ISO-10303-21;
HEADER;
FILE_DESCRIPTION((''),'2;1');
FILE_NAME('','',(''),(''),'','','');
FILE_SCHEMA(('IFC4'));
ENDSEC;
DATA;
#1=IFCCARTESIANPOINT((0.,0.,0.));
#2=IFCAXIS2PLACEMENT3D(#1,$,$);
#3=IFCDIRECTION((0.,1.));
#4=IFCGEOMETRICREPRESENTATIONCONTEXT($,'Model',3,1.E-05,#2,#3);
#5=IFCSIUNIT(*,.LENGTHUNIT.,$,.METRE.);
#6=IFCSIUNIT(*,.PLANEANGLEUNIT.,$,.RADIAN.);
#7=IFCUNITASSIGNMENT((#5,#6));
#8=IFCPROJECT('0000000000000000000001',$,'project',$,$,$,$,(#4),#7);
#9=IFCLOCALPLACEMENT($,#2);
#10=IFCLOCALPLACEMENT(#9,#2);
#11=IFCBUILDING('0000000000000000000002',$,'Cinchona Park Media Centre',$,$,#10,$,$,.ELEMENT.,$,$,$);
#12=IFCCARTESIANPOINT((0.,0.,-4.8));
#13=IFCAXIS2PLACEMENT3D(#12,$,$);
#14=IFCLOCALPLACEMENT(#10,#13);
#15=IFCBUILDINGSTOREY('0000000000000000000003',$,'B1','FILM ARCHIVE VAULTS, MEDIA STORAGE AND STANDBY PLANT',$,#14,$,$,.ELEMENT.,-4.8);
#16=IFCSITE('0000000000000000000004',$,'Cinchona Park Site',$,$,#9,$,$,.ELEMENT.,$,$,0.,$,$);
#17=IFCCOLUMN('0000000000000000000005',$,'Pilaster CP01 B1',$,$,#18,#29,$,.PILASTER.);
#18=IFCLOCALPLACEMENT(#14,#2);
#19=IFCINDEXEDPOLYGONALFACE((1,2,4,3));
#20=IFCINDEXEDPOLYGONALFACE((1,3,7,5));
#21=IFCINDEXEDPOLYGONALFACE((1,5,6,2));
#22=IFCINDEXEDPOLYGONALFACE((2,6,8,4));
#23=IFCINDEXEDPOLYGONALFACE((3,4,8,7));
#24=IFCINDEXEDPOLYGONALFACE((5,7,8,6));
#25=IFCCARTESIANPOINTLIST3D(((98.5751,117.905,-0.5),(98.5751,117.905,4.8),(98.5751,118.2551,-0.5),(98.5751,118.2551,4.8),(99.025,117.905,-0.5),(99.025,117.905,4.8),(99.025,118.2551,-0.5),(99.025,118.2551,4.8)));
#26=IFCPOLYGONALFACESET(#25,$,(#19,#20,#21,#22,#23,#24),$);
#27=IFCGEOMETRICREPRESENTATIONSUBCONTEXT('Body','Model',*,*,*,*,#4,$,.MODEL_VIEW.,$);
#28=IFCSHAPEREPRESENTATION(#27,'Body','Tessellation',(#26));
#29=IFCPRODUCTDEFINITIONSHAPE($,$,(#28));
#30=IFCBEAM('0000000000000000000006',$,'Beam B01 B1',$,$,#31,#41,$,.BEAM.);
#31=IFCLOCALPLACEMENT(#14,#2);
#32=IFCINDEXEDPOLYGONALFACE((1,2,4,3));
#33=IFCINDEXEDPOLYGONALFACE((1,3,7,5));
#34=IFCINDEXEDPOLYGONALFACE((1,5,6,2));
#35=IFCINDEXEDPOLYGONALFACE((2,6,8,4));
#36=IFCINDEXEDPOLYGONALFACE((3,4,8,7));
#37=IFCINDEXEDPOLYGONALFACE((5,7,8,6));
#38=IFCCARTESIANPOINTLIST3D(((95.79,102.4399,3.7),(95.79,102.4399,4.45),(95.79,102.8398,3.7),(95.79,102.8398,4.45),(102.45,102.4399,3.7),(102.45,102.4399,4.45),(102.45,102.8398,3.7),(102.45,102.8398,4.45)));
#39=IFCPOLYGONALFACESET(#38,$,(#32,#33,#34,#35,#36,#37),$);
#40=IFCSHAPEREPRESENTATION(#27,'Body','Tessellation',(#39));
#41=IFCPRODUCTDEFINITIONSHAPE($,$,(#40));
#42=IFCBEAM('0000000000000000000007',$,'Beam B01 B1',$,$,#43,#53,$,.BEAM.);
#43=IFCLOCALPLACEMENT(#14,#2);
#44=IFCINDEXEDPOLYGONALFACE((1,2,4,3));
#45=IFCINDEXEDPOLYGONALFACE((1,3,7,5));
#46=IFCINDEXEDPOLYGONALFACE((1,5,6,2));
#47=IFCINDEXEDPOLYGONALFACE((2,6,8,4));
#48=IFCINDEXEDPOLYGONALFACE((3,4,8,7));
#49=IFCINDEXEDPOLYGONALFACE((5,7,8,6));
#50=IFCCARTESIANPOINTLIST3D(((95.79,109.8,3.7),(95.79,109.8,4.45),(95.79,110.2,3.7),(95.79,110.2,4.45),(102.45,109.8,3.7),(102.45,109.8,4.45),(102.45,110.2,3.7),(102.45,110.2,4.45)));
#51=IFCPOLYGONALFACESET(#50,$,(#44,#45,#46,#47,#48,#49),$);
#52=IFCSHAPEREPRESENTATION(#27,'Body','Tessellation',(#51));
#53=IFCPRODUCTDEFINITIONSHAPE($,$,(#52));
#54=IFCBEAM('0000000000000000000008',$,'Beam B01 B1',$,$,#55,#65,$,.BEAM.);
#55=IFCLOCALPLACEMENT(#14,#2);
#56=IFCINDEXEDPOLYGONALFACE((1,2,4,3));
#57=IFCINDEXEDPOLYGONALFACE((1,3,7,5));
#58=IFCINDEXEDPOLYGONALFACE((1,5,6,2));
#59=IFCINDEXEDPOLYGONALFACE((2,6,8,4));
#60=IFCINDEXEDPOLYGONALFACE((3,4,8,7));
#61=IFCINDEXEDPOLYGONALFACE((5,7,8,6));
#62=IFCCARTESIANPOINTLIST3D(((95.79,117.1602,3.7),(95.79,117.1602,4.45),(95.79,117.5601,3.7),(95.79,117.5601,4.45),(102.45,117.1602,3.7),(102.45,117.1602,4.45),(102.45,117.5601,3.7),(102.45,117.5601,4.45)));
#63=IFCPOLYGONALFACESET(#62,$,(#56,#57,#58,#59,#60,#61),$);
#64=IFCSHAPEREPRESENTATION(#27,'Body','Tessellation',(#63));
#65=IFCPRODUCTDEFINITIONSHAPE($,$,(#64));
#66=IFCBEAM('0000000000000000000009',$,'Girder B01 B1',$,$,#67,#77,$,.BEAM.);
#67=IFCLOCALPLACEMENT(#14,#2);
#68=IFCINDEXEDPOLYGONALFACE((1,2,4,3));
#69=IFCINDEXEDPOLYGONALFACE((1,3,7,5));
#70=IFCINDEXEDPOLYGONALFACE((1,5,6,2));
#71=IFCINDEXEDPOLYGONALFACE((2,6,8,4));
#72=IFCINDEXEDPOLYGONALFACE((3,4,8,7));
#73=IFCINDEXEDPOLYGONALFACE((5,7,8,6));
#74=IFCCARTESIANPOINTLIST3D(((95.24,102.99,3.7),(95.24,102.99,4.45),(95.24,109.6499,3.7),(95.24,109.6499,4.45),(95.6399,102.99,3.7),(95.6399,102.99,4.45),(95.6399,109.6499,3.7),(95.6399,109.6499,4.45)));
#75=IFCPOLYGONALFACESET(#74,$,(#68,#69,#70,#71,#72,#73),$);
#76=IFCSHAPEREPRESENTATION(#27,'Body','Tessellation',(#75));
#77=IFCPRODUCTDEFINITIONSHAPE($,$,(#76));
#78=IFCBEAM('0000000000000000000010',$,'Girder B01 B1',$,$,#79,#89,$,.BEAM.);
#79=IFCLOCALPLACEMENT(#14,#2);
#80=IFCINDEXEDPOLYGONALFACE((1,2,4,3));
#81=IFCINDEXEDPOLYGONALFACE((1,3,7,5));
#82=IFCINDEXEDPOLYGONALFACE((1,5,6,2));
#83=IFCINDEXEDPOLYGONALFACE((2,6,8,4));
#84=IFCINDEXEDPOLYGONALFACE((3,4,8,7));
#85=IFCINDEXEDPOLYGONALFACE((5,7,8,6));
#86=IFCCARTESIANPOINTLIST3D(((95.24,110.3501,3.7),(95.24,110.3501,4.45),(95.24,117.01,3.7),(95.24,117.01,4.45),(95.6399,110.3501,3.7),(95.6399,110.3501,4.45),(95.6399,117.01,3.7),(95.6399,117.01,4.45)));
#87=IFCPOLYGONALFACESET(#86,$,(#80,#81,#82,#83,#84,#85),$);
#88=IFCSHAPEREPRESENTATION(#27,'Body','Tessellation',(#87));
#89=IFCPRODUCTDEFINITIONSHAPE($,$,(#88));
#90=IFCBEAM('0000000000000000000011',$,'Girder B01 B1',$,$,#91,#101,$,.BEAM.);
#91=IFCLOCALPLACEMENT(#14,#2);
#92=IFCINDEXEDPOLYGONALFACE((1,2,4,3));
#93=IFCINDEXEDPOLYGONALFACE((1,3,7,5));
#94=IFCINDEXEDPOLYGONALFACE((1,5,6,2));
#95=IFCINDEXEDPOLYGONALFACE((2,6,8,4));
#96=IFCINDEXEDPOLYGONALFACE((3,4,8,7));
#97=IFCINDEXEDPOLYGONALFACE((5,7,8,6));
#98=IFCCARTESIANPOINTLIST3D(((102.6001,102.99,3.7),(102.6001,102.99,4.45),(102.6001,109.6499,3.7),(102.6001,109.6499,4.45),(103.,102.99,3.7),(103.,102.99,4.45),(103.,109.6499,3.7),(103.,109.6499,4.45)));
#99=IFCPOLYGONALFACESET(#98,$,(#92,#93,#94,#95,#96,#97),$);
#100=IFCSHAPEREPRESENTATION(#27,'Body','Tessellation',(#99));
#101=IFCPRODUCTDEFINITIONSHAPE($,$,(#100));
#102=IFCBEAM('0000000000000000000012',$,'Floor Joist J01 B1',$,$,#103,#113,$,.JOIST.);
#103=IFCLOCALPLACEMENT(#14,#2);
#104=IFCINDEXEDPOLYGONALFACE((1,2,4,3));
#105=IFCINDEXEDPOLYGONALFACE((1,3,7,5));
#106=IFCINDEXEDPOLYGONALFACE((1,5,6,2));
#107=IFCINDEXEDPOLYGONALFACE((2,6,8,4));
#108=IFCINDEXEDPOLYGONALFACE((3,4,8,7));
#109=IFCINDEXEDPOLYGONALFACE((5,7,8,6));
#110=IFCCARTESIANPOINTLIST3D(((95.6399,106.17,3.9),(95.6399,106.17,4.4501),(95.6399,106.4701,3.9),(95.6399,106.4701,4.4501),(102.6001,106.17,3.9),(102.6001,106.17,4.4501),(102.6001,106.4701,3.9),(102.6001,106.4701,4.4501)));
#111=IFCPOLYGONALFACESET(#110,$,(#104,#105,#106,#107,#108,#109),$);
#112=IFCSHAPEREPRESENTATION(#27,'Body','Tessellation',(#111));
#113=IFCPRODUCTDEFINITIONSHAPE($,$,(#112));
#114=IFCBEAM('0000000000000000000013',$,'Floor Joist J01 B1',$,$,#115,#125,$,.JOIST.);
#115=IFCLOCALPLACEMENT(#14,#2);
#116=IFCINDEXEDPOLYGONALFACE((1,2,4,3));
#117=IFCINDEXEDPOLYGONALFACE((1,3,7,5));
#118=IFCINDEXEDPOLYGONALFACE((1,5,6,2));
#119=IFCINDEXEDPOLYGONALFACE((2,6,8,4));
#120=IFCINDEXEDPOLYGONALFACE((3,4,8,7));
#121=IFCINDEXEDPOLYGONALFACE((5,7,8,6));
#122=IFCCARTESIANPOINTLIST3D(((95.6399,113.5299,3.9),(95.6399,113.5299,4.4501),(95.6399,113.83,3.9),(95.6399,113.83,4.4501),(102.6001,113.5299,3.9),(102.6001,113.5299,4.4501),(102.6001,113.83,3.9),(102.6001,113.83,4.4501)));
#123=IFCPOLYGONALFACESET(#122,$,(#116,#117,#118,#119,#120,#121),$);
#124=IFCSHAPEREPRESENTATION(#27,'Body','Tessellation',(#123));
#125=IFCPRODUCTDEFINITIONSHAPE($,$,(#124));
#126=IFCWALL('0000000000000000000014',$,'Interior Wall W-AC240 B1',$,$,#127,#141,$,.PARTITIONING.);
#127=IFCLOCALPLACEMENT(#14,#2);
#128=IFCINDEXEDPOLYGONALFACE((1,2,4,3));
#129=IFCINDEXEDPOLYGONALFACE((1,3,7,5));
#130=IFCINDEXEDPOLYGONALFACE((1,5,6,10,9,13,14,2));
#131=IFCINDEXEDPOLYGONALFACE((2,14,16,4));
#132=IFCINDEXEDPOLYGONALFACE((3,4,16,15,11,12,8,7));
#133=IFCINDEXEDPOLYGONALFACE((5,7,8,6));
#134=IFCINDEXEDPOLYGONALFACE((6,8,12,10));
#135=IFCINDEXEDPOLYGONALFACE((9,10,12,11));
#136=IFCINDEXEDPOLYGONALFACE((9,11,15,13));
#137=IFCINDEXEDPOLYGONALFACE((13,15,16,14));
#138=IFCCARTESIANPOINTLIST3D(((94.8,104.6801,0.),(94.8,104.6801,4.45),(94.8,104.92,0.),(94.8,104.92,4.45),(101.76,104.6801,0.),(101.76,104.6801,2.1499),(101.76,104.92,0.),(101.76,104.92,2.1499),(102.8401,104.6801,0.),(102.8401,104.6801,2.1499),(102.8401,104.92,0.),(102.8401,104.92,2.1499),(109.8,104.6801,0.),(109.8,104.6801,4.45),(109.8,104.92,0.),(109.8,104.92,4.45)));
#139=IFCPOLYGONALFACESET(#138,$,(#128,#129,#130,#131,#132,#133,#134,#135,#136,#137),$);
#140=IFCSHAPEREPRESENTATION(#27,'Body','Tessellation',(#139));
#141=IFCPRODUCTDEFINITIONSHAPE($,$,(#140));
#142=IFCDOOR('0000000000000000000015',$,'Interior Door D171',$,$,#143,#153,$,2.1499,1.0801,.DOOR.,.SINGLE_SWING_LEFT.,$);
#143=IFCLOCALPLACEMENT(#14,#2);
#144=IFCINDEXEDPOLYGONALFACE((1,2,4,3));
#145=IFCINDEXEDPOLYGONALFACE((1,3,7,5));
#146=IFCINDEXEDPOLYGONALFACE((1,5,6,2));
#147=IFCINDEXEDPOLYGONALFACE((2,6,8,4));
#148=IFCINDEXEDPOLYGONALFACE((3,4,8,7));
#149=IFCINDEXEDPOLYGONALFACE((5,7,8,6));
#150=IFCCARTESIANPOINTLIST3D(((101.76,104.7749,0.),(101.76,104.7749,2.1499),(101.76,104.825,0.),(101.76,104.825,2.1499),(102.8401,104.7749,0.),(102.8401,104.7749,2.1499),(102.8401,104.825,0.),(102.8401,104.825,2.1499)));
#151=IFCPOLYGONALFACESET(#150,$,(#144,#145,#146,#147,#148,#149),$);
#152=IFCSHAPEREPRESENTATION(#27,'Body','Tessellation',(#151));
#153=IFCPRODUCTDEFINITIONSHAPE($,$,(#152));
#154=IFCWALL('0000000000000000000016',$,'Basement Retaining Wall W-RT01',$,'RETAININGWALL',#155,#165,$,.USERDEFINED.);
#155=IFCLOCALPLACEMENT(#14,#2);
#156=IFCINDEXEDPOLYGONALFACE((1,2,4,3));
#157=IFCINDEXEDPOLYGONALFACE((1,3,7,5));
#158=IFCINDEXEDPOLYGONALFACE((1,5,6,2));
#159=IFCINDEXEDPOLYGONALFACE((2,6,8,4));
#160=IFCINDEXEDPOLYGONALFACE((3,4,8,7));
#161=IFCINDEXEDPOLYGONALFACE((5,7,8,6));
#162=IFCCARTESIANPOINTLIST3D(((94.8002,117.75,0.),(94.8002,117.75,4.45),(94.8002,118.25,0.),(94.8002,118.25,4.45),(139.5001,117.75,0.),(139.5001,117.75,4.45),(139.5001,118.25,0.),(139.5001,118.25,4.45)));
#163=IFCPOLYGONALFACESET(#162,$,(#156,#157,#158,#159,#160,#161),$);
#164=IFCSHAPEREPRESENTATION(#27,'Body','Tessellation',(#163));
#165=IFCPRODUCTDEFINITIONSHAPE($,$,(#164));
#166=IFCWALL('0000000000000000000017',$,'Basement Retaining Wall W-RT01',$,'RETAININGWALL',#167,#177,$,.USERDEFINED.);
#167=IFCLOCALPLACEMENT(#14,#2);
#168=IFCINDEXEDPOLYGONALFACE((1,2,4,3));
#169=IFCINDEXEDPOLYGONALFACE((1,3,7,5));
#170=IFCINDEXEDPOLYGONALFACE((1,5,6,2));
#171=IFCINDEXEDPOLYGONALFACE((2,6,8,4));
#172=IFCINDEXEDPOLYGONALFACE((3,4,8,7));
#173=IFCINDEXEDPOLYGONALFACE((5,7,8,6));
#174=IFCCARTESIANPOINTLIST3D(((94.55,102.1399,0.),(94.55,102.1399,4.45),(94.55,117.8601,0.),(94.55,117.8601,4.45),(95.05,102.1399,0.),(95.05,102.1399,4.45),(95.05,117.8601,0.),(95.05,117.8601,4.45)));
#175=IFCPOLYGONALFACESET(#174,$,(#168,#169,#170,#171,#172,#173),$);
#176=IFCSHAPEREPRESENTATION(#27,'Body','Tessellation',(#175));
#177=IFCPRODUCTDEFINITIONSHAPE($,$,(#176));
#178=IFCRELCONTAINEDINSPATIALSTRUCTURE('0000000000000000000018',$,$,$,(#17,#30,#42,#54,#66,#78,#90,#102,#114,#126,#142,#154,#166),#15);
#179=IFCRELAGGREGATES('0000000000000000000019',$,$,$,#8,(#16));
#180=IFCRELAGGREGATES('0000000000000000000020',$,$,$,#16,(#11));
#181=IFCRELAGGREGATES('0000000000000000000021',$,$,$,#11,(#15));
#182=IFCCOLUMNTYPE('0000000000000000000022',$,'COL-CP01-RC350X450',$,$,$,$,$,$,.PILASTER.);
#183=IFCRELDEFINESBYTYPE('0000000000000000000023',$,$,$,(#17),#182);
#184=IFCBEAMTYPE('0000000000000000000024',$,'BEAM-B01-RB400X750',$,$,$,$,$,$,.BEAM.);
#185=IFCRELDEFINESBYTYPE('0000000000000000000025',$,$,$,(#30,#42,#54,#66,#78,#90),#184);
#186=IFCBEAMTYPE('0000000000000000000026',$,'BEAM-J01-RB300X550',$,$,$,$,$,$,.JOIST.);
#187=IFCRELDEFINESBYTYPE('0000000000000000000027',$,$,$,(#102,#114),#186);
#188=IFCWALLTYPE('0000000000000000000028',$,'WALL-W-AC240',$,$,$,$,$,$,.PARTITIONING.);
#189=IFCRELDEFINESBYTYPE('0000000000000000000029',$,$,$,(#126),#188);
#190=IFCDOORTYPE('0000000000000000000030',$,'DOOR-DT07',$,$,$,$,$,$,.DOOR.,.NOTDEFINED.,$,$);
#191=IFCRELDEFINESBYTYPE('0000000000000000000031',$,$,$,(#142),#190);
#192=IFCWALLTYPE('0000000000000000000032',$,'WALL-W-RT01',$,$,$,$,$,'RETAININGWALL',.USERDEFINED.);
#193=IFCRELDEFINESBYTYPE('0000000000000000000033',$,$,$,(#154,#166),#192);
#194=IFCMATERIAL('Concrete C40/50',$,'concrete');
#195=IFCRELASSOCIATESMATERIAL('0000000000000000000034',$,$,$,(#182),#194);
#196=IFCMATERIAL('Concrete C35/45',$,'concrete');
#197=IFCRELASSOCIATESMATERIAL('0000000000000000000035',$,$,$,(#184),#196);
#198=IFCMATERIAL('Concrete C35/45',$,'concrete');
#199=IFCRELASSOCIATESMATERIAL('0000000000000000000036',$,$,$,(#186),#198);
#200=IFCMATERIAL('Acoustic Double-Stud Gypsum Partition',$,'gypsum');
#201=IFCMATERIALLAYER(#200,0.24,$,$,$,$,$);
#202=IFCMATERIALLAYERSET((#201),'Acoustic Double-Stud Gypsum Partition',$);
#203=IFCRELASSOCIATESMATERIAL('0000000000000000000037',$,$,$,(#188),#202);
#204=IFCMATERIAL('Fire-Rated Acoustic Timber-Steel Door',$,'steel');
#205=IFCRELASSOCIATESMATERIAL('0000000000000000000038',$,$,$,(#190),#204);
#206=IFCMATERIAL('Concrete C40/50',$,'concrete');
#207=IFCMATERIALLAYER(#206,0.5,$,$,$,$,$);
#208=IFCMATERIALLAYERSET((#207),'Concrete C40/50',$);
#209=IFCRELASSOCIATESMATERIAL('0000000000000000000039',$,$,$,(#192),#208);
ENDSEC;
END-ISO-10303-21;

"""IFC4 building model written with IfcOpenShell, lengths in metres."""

from ifc_helpers import new_model, si_unit, direction, frame, frame_2d, origin, origin_2d, place, context, subcontext, project, spatial, rectangle, extrude, material, layer, layer_set, material_profile, profile_set, type_object, element, fill, save


model = new_model("IFC4")

# Units and contexts
model_context = context("Model", 3, precision=1e-05, world=origin(), true_north=direction((0.0, 1.0)))
body_context = subcontext(model_context, "Body", "Model", "MODEL_VIEW")
ifc_project = project(units=[si_unit("LENGTHUNIT", "METRE"), si_unit("PLANEANGLEUNIT", "RADIAN")], contexts=[model_context])

# Site, building, storey
site_placement = place(None, origin())
site = spatial("IfcSite", under=ifc_project, at=site_placement, Name="Cinchona Park Site", CompositionType="ELEMENT", RefElevation=0.0)
building_placement = place(site_placement, origin())
building = spatial("IfcBuilding", under=site, at=building_placement, Name="Cinchona Park Media Centre", CompositionType="ELEMENT")
storey_placement = place(building_placement, frame((0.0, 0.0, -4.8)))
storey = spatial("IfcBuildingStorey", under=building, at=storey_placement, Name="B1", Description="FILM ARCHIVE VAULTS, MEDIA STORAGE AND STANDBY PLANT", CompositionType="ELEMENT", Elevation=-4.8)

# Column
ifc_material_1 = material(Name="Concrete C40/50", Category="concrete")
ifc_material_profile_1 = material_profile(ifc_material_1, rectangle(XDim=0.3501, YDim=0.45, at=origin_2d()), Name="RC 350X450")
ifc_profile_set_1 = profile_set([ifc_material_profile_1], Name="Concrete C40/50")
column_type_1 = type_object("IfcColumnType", Name="COL-CP01-RC350X450", PredefinedType="PILASTER", material=ifc_profile_set_1)
column_placement = place(storey_placement, frame((98.8, 118.0801, -0.5), z_axis=(0.0, 0.0, 1.0), x_axis=(0.0, 1.0, 0.0)))
element("IfcColumn", 1, at=column_placement, inside=storey, type_object=column_type_1, Name="Pilaster CP01 B1", PredefinedType="PILASTER", context=body_context, shape_type="SweptSolid", body=[
    extrude(rectangle(XDim=0.3501, YDim=0.45, at=origin_2d()), origin(), (0.0, 0.0, 1.0), 5.3),
])

# Beams
ifc_material_2 = material(Name="Concrete C35/45", Category="concrete")
ifc_material_profile_2 = material_profile(ifc_material_2, rectangle(XDim=0.3999, YDim=0.75, at=origin_2d()), Name="RB 400X750")
ifc_profile_set_2 = profile_set([ifc_material_profile_2], Name="Concrete C35/45")
beam_type_1 = type_object("IfcBeamType", Name="BEAM-B01-RB400X750", PredefinedType="BEAM", material=ifc_profile_set_2)
for number, where, z_axis, x_axis, name in (
    (2, (95.79, 102.6399, 4.075), (1.0, 0.0, 0.0), (0.0, 1.0, 0.0), "Beam B01 B1"),
    (3, (95.79, 110.0, 4.075), (1.0, 0.0, 0.0), (0.0, 1.0, 0.0), "Beam B01 B1"),
    (4, (95.79, 117.3601, 4.075), (1.0, 0.0, 0.0), (0.0, 1.0, 0.0), "Beam B01 B1"),
    (5, (95.4399, 102.99, 4.075), (0.0, 1.0, 0.0), (-1.0, 0.0, 0.0), "Girder B01 B1"),
    (6, (95.4399, 110.3501, 4.075), (0.0, 1.0, 0.0), (-1.0, 0.0, 0.0), "Girder B01 B1"),
    (7, (102.8, 102.99, 4.075), (0.0, 1.0, 0.0), (-1.0, 0.0, 0.0), "Girder B01 B1"),
):
    element("IfcBeam", number, at=place(storey_placement, frame(where, z_axis=z_axis, x_axis=x_axis)), inside=storey, type_object=beam_type_1, Name=name, PredefinedType="BEAM", context=body_context, shape_type="SweptSolid", body=[
        extrude(rectangle(XDim=0.3999, YDim=0.75, at=origin_2d()), origin(), (0.0, 0.0, 1.0), 6.6599),
    ])
ifc_material_3 = material(Name="Concrete C35/45", Category="concrete")
ifc_material_profile_3 = material_profile(ifc_material_3, rectangle(XDim=0.3, YDim=0.55, at=origin_2d()), Name="RB 300X550")
ifc_profile_set_3 = profile_set([ifc_material_profile_3], Name="Concrete C35/45")
beam_type_2 = type_object("IfcBeamType", Name="BEAM-J01-RB300X550", PredefinedType="JOIST", material=ifc_profile_set_3)
for number, where, z_axis, x_axis, name in (
    (8, (95.6399, 106.3201, 4.175), (1.0, 0.0, 0.0), (0.0, 1.0, 0.0), "Floor Joist J01 B1"),
    (9, (95.6399, 113.6799, 4.175), (1.0, 0.0, 0.0), (0.0, 1.0, 0.0), "Floor Joist J01 B1"),
):
    element("IfcBeam", number, at=place(storey_placement, frame(where, z_axis=z_axis, x_axis=x_axis)), inside=storey, type_object=beam_type_2, Name=name, PredefinedType="JOIST", context=body_context, shape_type="SweptSolid", body=[
        extrude(rectangle(XDim=0.3, YDim=0.55, at=origin_2d()), origin(), (0.0, 0.0, 1.0), 6.9602),
    ])

# Wall, opening, door
ifc_material_4 = material(Name="Acoustic Double-Stud Gypsum Partition", Category="gypsum")
ifc_layer_1 = layer(ifc_material_4, 0.24)
ifc_layer_set_1 = layer_set([ifc_layer_1], Name="Acoustic Double-Stud Gypsum Partition")
wall_type_1 = type_object("IfcWallType", Name="WALL-W-AC240", PredefinedType="PARTITIONING", material=ifc_layer_set_1)
wall_1_placement = place(storey_placement, frame((94.8, 104.8, 0.0), z_axis=(0.0, 0.0, 1.0), x_axis=(1.0, 0.0, 0.0)))
wall_1 = element("IfcWall", 10, at=wall_1_placement, inside=storey, type_object=wall_type_1, Name="Interior Wall W-AC240 B1", PredefinedType="PARTITIONING", context=body_context, shape_type="SweptSolid", body=[
    extrude(rectangle(XDim=15.0, YDim=0.24, at=frame_2d((7.5, 0.0))), origin(), (0.0, 0.0, 1.0), 4.45),
])
opening_placement = place(wall_1_placement, frame((6.96, 0.0, 0.0)))
opening = element("IfcOpeningElement", 11, at=opening_placement, cuts=wall_1, PredefinedType="OPENING", context=body_context, shape_type="SweptSolid", body=[
    extrude(rectangle(XDim=1.0801, YDim=2.1499, at=frame_2d((0.54, 1.075))), frame((0.0, 0.1299, 0.0), z_axis=(0.0, -1.0, 0.0), x_axis=(1.0, 0.0, 0.0)), (0.0, 0.0, 1.0), 0.26),
])
ifc_material_5 = material(Name="Fire-Rated Acoustic Timber-Steel Door", Category="steel")
door_type = type_object("IfcDoorType", Name="DOOR-DT07", OperationType="NOTDEFINED", PredefinedType="DOOR", material=ifc_material_5)
door_placement = place(opening_placement, origin())
door = element("IfcDoor", 12, at=door_placement, inside=storey, type_object=door_type, Name="Interior Door D171", OperationType="SINGLE_SWING_LEFT", OverallHeight=2.1499, OverallWidth=1.0801, PredefinedType="DOOR", context=body_context, shape_type="SweptSolid", body=[
    extrude(rectangle(XDim=1.0801, YDim=2.1499, at=frame_2d((0.54, 1.075))), frame((0.0, 0.0249, 0.0), z_axis=(0.0, -1.0, 0.0), x_axis=(1.0, 0.0, 0.0)), (0.0, 0.0, 1.0), 0.05),
])
fill(opening, door)

# Walls
ifc_material_6 = material(Name="Concrete C40/50", Category="concrete")
ifc_layer_2 = layer(ifc_material_6, 0.5)
ifc_layer_set_2 = layer_set([ifc_layer_2], Name="Concrete C40/50")
wall_type_2 = type_object("IfcWallType", Name="WALL-W-RT01", ElementType="RETAININGWALL", PredefinedType="USERDEFINED", material=ifc_layer_set_2)
wall_2_placement = place(storey_placement, frame((94.8, 118.0, 0.0), z_axis=(0.0, 0.0, 1.0), x_axis=(1.0, 0.0, 0.0)))
element("IfcWall", 13, at=wall_2_placement, inside=storey, type_object=wall_type_2, Name="Basement Retaining Wall W-RT01", ObjectType="RETAININGWALL", PredefinedType="USERDEFINED", context=body_context, shape_type="SweptSolid", body=[
    extrude(rectangle(XDim=44.7, YDim=0.5, at=frame_2d((22.3501, 0.0))), origin(), (0.0, 0.0, 1.0), 4.45),
])
wall_3_placement = place(storey_placement, frame((94.8, 102.1399, 0.0), z_axis=(0.0, 0.0, 1.0), x_axis=(0.0, 1.0, 0.0)))
element("IfcWall", 14, at=wall_3_placement, inside=storey, type_object=wall_type_2, Name="Basement Retaining Wall W-RT01", ObjectType="RETAININGWALL", PredefinedType="USERDEFINED", context=body_context, shape_type="SweptSolid", body=[
    extrude(rectangle(XDim=15.7202, YDim=0.5, at=frame_2d((7.8601, 0.0))), origin(), (0.0, 0.0, 1.0), 4.45),
])

save(model, "model.ifc")
